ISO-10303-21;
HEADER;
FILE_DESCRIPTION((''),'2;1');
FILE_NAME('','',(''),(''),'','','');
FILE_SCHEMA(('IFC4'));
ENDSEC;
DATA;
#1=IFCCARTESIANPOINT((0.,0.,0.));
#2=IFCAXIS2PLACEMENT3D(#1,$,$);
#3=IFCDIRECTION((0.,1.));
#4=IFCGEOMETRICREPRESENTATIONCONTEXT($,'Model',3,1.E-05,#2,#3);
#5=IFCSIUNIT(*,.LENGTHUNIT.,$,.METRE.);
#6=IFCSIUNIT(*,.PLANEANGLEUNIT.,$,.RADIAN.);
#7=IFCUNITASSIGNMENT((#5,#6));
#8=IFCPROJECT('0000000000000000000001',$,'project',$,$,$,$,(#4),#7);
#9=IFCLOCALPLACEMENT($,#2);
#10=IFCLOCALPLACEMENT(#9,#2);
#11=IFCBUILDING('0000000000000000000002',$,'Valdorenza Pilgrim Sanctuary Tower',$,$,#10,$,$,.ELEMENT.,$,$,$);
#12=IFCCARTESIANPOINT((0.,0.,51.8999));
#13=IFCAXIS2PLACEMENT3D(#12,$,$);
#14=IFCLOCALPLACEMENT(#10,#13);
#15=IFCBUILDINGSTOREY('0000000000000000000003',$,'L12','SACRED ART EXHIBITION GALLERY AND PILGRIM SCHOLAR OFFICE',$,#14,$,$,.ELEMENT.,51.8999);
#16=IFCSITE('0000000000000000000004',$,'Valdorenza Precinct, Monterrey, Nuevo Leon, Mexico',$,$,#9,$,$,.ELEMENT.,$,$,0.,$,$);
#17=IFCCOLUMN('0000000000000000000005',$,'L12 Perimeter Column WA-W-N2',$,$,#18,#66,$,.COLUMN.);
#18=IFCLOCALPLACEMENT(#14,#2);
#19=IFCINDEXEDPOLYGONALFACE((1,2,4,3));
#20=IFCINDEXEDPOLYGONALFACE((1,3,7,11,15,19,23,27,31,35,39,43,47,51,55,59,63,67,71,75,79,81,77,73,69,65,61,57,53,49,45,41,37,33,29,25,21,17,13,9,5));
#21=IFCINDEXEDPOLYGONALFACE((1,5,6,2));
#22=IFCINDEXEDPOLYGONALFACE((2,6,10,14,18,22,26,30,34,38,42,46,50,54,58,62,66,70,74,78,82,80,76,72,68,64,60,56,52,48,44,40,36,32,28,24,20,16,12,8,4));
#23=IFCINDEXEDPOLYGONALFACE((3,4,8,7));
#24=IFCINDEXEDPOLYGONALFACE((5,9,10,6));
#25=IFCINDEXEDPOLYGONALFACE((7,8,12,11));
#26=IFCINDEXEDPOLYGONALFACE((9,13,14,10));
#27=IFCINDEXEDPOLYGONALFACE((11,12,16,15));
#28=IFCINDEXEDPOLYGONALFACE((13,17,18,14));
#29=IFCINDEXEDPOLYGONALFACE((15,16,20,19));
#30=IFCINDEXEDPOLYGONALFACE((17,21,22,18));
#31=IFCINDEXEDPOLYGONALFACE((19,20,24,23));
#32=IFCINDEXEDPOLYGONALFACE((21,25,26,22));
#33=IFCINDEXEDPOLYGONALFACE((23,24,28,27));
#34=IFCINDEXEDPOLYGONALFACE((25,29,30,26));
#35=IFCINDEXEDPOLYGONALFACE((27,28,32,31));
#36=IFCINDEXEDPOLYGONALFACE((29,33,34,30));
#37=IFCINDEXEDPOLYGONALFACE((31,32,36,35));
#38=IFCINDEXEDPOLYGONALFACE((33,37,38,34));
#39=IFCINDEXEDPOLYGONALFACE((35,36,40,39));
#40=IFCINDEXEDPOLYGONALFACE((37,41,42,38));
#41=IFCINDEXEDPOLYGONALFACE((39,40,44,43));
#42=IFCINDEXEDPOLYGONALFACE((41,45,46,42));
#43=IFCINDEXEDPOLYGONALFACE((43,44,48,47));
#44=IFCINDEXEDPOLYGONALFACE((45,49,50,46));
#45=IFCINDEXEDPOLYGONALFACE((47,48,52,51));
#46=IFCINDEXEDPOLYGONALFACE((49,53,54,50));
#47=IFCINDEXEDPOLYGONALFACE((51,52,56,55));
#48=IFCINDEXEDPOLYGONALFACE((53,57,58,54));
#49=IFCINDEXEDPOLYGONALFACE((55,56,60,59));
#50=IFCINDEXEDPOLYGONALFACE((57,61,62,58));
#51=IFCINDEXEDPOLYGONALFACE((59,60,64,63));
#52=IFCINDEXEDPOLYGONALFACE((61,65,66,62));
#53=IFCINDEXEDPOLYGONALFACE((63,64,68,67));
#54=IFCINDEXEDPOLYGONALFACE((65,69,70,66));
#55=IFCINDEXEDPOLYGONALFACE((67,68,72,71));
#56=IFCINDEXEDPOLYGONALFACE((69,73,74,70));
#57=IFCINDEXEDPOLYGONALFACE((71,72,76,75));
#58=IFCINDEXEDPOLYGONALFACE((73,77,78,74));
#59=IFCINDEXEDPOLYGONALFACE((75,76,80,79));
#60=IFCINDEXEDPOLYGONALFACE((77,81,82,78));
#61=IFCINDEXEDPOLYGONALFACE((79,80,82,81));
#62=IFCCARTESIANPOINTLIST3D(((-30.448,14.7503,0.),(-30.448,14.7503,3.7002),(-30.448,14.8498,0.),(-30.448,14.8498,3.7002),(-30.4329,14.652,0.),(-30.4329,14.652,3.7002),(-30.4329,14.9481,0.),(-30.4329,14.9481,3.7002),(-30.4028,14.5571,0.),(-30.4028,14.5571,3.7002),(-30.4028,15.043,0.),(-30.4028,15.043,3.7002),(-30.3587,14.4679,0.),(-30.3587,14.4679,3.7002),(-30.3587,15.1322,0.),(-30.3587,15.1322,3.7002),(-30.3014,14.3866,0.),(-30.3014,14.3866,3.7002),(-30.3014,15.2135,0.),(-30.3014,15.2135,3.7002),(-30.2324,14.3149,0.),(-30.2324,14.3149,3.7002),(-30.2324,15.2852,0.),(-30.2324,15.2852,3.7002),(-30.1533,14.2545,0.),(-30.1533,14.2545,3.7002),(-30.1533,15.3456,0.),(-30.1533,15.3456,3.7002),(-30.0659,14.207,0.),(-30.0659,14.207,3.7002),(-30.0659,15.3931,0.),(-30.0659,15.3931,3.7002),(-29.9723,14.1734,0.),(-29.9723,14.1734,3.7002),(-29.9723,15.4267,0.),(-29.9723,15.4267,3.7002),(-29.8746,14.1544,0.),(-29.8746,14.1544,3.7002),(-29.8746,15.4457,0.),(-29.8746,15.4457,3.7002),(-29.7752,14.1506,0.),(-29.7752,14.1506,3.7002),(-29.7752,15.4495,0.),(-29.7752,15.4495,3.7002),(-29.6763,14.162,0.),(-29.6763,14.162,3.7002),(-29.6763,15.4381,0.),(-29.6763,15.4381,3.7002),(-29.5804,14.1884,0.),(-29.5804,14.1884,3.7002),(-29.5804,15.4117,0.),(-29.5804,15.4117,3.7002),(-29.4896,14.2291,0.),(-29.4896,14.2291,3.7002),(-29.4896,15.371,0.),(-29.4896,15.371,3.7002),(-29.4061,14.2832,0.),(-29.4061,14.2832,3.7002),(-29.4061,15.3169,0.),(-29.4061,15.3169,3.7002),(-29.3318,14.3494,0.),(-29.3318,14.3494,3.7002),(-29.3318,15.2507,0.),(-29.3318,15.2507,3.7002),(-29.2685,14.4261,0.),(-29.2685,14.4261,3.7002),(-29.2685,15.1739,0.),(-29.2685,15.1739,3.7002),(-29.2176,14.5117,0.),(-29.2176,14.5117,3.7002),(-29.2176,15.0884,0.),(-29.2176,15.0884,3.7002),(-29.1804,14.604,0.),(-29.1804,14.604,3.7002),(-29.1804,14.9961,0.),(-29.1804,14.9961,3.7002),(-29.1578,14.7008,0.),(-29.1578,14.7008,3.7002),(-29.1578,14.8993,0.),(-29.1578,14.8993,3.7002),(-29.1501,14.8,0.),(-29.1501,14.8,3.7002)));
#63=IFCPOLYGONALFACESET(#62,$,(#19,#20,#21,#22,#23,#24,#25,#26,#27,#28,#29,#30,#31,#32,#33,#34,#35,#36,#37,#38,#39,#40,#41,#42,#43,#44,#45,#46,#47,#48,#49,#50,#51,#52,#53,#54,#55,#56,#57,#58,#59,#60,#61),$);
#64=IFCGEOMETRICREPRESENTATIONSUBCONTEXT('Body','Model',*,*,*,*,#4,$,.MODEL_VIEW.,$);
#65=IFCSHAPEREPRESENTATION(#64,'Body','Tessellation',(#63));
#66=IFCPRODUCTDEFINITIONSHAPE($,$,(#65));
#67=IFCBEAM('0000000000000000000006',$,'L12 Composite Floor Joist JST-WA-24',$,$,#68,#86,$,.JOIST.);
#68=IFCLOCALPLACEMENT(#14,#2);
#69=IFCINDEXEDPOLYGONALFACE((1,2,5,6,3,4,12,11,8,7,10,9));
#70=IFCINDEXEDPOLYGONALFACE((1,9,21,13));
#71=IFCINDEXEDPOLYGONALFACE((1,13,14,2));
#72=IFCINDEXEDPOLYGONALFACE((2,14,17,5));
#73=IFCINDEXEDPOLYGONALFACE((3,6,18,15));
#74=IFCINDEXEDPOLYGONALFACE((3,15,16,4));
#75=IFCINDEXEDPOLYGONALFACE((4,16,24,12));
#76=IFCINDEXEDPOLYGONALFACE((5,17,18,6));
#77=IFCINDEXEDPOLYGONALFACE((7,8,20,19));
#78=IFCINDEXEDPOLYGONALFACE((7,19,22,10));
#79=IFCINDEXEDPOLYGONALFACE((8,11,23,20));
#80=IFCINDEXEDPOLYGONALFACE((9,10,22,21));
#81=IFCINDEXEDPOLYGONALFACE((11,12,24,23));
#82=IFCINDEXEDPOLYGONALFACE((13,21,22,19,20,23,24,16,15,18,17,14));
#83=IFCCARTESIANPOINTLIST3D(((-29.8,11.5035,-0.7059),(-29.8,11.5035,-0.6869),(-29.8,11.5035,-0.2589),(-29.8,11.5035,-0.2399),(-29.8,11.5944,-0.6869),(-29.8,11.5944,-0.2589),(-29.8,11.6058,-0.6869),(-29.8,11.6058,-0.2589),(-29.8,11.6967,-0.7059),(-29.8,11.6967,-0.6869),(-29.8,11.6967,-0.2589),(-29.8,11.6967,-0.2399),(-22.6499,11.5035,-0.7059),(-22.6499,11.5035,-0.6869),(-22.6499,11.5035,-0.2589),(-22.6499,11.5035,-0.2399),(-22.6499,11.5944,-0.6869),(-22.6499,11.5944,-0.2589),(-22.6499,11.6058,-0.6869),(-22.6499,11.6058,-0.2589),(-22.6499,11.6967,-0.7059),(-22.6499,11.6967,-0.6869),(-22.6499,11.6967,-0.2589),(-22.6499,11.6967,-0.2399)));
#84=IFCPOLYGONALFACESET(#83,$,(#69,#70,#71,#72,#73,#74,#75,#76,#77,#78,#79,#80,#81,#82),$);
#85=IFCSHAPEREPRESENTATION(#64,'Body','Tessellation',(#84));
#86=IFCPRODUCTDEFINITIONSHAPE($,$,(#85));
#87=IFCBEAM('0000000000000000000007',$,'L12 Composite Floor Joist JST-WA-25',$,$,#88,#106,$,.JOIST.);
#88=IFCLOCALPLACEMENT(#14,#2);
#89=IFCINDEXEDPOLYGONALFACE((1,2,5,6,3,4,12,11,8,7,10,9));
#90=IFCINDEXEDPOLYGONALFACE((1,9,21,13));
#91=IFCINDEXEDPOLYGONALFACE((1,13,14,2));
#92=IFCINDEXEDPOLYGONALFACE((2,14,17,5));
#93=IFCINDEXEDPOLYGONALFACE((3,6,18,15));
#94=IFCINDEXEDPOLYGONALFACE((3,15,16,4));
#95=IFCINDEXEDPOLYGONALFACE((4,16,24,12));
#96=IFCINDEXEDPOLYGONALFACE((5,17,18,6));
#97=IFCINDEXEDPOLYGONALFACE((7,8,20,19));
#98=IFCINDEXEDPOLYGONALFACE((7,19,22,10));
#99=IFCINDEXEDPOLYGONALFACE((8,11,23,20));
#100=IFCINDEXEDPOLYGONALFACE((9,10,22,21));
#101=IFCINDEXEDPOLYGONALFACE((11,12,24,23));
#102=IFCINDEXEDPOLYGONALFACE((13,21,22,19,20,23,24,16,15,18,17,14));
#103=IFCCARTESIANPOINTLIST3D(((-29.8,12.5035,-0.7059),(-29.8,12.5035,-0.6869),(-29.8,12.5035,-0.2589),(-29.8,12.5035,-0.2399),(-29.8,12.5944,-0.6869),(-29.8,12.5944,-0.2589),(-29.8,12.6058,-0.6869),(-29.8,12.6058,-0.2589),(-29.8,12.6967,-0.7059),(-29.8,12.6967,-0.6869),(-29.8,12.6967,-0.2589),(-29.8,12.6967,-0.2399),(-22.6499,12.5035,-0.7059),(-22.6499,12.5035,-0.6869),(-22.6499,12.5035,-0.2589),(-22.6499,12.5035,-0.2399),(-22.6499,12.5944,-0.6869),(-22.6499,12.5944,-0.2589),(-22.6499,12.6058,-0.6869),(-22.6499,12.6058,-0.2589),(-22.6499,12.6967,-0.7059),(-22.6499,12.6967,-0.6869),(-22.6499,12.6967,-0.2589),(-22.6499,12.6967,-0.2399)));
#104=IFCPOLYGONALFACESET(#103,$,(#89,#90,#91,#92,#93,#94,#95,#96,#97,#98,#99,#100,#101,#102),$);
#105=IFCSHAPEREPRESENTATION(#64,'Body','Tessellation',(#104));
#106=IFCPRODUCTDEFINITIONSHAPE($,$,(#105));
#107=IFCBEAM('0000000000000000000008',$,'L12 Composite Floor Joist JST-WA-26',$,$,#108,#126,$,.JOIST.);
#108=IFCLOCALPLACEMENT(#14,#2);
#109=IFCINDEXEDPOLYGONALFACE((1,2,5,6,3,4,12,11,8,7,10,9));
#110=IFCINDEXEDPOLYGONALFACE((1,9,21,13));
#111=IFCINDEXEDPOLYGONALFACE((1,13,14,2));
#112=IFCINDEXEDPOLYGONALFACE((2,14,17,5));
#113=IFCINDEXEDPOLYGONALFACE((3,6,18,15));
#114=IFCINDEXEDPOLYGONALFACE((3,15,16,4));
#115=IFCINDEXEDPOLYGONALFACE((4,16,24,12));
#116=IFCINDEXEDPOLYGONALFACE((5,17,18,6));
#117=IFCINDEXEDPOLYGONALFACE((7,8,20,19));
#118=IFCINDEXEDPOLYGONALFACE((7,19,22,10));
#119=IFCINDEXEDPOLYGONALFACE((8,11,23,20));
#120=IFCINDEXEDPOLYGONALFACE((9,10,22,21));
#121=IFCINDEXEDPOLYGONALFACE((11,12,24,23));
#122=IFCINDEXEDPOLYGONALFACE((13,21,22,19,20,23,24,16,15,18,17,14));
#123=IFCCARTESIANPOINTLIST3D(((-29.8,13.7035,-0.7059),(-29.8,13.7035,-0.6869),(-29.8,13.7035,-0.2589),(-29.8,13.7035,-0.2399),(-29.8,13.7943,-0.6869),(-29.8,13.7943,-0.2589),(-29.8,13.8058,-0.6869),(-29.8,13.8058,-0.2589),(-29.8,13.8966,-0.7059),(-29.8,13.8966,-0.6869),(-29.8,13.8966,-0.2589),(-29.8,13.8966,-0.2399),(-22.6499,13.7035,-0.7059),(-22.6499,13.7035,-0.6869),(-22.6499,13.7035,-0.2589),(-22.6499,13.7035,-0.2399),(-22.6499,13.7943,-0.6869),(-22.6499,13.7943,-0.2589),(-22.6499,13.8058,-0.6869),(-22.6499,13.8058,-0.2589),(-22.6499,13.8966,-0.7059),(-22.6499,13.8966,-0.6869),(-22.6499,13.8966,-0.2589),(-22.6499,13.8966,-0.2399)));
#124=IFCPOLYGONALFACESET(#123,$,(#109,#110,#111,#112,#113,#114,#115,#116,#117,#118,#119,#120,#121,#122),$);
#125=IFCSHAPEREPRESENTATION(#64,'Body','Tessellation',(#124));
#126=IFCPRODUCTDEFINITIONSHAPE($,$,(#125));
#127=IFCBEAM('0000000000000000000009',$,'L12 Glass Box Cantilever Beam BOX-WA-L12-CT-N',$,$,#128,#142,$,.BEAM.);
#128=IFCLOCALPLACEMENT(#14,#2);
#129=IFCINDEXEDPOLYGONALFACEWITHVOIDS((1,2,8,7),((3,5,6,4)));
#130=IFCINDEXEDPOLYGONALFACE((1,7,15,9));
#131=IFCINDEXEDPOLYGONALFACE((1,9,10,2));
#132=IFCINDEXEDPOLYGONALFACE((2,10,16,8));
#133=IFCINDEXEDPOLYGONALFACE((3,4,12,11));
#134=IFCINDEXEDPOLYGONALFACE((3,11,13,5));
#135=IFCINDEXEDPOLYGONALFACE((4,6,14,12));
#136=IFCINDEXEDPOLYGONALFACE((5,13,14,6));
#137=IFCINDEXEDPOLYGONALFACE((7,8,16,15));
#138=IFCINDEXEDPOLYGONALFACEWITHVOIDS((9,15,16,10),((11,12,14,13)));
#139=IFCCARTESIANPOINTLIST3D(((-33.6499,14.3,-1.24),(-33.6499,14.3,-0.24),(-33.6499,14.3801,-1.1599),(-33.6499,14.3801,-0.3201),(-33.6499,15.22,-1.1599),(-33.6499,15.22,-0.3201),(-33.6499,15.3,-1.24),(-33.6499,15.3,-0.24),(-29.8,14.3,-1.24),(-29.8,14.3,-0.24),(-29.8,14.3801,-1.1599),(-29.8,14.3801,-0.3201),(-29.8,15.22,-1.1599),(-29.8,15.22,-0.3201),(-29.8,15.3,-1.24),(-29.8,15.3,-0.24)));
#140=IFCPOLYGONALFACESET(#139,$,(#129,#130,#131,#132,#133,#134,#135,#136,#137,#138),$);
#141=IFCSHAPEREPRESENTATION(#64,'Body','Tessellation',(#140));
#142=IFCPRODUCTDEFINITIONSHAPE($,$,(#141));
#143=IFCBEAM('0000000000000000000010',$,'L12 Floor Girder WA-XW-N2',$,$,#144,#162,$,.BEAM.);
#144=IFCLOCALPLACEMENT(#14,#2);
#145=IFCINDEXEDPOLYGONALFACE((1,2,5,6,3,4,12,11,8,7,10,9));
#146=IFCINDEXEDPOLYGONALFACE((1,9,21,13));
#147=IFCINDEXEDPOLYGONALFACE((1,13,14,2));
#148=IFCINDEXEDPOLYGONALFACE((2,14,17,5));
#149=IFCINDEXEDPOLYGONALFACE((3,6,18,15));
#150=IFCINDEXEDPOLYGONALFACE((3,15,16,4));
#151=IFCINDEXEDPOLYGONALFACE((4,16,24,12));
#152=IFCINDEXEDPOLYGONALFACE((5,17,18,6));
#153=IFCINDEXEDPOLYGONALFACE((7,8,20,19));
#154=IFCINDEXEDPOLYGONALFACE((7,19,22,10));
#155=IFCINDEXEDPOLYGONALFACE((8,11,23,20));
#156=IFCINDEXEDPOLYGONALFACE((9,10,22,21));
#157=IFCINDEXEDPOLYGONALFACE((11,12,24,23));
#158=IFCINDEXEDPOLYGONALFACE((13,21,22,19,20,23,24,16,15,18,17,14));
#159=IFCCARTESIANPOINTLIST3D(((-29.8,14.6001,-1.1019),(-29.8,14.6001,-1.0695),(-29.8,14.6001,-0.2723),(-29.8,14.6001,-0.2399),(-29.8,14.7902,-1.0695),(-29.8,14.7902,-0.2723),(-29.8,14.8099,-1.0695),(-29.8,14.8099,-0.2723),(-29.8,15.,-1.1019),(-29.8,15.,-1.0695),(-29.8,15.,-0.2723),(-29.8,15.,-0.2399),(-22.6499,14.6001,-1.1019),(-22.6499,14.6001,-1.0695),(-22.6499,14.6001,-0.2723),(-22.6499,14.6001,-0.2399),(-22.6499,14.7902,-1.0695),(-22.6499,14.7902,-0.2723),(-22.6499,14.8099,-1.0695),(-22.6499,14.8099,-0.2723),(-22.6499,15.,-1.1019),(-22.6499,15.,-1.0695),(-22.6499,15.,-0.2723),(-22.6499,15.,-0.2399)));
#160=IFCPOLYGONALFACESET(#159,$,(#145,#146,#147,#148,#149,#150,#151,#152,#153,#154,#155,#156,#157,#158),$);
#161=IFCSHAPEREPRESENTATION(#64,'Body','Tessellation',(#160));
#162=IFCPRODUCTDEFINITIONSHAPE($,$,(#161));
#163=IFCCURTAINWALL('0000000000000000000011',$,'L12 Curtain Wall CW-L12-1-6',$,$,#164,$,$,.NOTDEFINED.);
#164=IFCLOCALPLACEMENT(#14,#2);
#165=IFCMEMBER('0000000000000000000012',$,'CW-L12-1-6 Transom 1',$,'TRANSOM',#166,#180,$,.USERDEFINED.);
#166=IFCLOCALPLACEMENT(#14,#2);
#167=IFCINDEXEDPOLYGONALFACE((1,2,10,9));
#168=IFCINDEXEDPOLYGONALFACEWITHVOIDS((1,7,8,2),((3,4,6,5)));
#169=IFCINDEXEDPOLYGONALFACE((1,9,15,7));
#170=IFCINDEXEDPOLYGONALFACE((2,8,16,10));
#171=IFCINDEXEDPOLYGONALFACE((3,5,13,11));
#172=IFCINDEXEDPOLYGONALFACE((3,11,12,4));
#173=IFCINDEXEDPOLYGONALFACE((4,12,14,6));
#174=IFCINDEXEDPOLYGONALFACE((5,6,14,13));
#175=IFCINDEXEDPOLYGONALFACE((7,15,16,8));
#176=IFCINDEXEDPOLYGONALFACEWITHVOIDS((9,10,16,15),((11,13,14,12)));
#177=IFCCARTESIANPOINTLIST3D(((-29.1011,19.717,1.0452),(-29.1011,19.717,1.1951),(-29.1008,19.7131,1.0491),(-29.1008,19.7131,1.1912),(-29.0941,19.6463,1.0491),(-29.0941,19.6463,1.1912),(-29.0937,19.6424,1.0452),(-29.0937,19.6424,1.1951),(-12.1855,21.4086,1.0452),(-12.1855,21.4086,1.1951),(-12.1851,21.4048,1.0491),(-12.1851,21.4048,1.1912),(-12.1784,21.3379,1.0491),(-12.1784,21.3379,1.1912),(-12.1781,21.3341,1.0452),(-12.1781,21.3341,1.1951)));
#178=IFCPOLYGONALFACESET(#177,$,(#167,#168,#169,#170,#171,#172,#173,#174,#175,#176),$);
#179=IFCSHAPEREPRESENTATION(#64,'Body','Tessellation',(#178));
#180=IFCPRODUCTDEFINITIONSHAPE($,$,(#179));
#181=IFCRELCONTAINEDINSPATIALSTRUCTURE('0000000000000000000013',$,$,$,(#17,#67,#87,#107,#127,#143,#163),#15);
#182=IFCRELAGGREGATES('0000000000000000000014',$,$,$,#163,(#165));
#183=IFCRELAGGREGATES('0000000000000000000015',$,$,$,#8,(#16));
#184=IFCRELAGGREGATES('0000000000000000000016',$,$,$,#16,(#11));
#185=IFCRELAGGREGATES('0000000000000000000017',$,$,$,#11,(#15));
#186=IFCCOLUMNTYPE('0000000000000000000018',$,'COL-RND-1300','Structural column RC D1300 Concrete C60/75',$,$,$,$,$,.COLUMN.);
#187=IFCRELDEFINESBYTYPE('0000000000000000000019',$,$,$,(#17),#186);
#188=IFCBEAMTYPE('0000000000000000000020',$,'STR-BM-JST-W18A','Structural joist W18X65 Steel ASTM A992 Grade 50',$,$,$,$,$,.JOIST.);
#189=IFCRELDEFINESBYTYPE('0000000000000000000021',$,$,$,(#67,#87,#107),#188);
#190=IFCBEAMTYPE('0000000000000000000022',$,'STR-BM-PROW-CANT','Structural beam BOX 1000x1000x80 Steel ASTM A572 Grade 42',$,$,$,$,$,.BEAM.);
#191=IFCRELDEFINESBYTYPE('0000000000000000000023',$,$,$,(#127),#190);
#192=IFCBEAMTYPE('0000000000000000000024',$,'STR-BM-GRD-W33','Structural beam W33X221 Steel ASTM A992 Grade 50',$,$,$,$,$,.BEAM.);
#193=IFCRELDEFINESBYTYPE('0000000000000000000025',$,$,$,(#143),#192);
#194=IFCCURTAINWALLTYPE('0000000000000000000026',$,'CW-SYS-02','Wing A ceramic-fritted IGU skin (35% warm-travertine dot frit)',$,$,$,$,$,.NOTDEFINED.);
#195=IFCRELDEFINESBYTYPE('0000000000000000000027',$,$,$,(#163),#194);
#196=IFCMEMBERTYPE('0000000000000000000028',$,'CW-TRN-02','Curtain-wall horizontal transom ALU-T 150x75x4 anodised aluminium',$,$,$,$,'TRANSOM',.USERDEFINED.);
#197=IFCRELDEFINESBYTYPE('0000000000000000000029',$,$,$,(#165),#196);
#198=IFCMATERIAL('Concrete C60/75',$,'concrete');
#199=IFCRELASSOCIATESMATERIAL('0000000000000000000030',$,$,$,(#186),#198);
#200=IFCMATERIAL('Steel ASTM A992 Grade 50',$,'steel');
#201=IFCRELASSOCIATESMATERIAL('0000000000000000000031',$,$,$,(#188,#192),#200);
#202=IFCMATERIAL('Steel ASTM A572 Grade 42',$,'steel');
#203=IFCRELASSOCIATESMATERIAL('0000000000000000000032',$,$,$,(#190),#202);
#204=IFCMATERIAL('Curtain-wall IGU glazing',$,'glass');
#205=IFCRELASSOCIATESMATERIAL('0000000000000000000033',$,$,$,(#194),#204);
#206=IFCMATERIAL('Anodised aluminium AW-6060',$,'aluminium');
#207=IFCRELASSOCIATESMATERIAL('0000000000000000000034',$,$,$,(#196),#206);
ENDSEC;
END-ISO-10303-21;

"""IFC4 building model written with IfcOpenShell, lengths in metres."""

from ifc_helpers import new_model, si_unit, direction, frame, origin, origin_2d, place, context, subcontext, project, spatial, hollow_rectangle, circle, i_section, extrude, source, transform, mapped, material, material_profile, profile_set, type_object, element, aggregate, save


model = new_model("IFC4")

# Units and contexts
model_context = context("Model", 3, precision=1e-05, world=origin(), true_north=direction((0.0, 1.0)))
body_context = subcontext(model_context, "Body", "Model", "MODEL_VIEW")
ifc_project = project(units=[si_unit("LENGTHUNIT", "METRE"), si_unit("PLANEANGLEUNIT", "RADIAN")], contexts=[model_context])

# Site, building, storey
site_placement = place(None, origin())
site = spatial("IfcSite", under=ifc_project, at=site_placement, Name="Valdorenza Precinct, Monterrey, Nuevo Leon, Mexico", CompositionType="ELEMENT", RefElevation=0.0)
building_placement = place(site_placement, origin())
building = spatial("IfcBuilding", under=site, at=building_placement, Name="Valdorenza Pilgrim Sanctuary Tower", CompositionType="ELEMENT")
storey_placement = place(building_placement, frame((0.0, 0.0, 51.8999)))
storey = spatial("IfcBuildingStorey", under=building, at=storey_placement, Name="L12", Description="SACRED ART EXHIBITION GALLERY AND PILGRIM SCHOLAR OFFICE", CompositionType="ELEMENT", Elevation=51.8999)

# Column
ifc_material_1 = material(Name="Concrete C60/75", Category="concrete")
ifc_material_profile_1 = material_profile(ifc_material_1, circle(Radius=0.6499, at=origin_2d()), Name="RC D1300")
ifc_profile_set_1 = profile_set([ifc_material_profile_1], Name="Concrete C60/75")
column_type = type_object("IfcColumnType", Name="COL-RND-1300", Description="Structural column RC D1300 Concrete C60/75", PredefinedType="COLUMN", material=ifc_profile_set_1)
shared_shape_1 = source(origin(), body_context, "Body", "SweptSolid", [
    extrude(circle(Radius=0.6499, at=origin_2d()), origin(), (0.0, 0.0, 1.0), 3.7002),
])
column_placement = place(storey_placement, frame((-29.8, 14.8, 0.0), z_axis=(0.0, 0.0, 1.0), x_axis=(1.0, 0.0, 0.0)))
element("IfcColumn", 1, at=column_placement, inside=storey, type_object=column_type, Name="L12 Perimeter Column WA-W-N2", PredefinedType="COLUMN", context=body_context, shape_type="MappedRepresentation", body=[
    mapped(shared_shape_1, transform((0.0, 0.0, 0.0), x_axis=(1.0, 0.0, 0.0), y_axis=(0.0, 1.0, 0.0), z_axis=(0.0, 0.0, 1.0), scale=1.0)),
])

# Beams
ifc_material_2 = material(Name="Steel ASTM A992 Grade 50", Category="steel")
ifc_material_profile_2 = material_profile(ifc_material_2, i_section(OverallWidth=0.1931, OverallDepth=0.4661, WebThickness=0.0115, FlangeThickness=0.019, at=origin_2d()), Name="W18X65")
ifc_profile_set_2 = profile_set([ifc_material_profile_2], Name="Steel ASTM A992 Grade 50")
beam_type_1 = type_object("IfcBeamType", Name="STR-BM-JST-W18A", Description="Structural joist W18X65 Steel ASTM A992 Grade 50", PredefinedType="JOIST", material=ifc_profile_set_2)
shared_shape_2 = source(origin(), body_context, "Body", "SweptSolid", [
    extrude(i_section(OverallWidth=0.1931, OverallDepth=0.4661, WebThickness=0.0115, FlangeThickness=0.019, at=origin_2d()), origin(), (0.0, 0.0, 1.0), 7.1501),
])
for number, where, z_axis, x_axis, name in (
    (2, (-29.8, 11.6001, -0.4729), (1.0, 0.0, 0.0), (0.0, 1.0, 0.0), "L12 Composite Floor Joist JST-WA-24"),
    (3, (-29.8, 12.6001, -0.4729), (1.0, 0.0, 0.0), (0.0, 1.0, 0.0), "L12 Composite Floor Joist JST-WA-25"),
    (4, (-29.8, 13.8, -0.4729), (1.0, 0.0, 0.0), (0.0, 1.0, 0.0), "L12 Composite Floor Joist JST-WA-26"),
):
    element("IfcBeam", number, at=place(storey_placement, frame(where, z_axis=z_axis, x_axis=x_axis)), inside=storey, type_object=beam_type_1, Name=name, PredefinedType="JOIST", context=body_context, shape_type="MappedRepresentation", body=[
        mapped(shared_shape_2, transform((0.0, 0.0, 0.0), x_axis=(1.0, 0.0, 0.0), y_axis=(0.0, 1.0, 0.0), z_axis=(0.0, 0.0, 1.0), scale=1.0)),
    ])
ifc_material_3 = material(Name="Steel ASTM A572 Grade 42", Category="steel")
ifc_material_profile_3 = material_profile(ifc_material_3, hollow_rectangle(XDim=1.0, YDim=1.0, WallThickness=0.0801, at=origin_2d()), Name="BOX 1000x1000x80")
ifc_profile_set_3 = profile_set([ifc_material_profile_3], Name="Steel ASTM A572 Grade 42")
beam_type_2 = type_object("IfcBeamType", Name="STR-BM-PROW-CANT", Description="Structural beam BOX 1000x1000x80 Steel ASTM A572 Grade 42", PredefinedType="BEAM", material=ifc_profile_set_3)
shared_shape_3 = source(origin(), body_context, "Body", "SweptSolid", [
    extrude(hollow_rectangle(XDim=1.0, YDim=1.0, WallThickness=0.0801, at=origin_2d()), origin(), (0.0, 0.0, 1.0), 3.8499),
])
beam_1_placement = place(storey_placement, frame((-29.8, 14.8, -0.74), z_axis=(-1.0, 0.0, 0.0), x_axis=(0.0, -1.0, 0.0)))
element("IfcBeam", 5, at=beam_1_placement, inside=storey, type_object=beam_type_2, Name="L12 Glass Box Cantilever Beam BOX-WA-L12-CT-N", PredefinedType="BEAM", context=body_context, shape_type="MappedRepresentation", body=[
    mapped(shared_shape_3, transform((0.0, 0.0, 0.0), x_axis=(1.0, 0.0, 0.0), y_axis=(0.0, 1.0, 0.0), z_axis=(0.0, 0.0, 1.0), scale=1.0)),
])
ifc_material_profile_4 = material_profile(ifc_material_2, i_section(OverallWidth=0.3999, OverallDepth=0.8621, WebThickness=0.0198, FlangeThickness=0.0325, at=origin_2d()), Name="W33X221")
ifc_profile_set_4 = profile_set([ifc_material_profile_4], Name="Steel ASTM A992 Grade 50")
beam_type_3 = type_object("IfcBeamType", Name="STR-BM-GRD-W33", Description="Structural beam W33X221 Steel ASTM A992 Grade 50", PredefinedType="BEAM", material=ifc_profile_set_4)
shared_shape_4 = source(origin(), body_context, "Body", "SweptSolid", [
    extrude(i_section(OverallWidth=0.3999, OverallDepth=0.8621, WebThickness=0.0198, FlangeThickness=0.0325, at=origin_2d()), origin(), (0.0, 0.0, 1.0), 7.1501),
])
beam_2_placement = place(storey_placement, frame((-29.8, 14.8, -0.6709), z_axis=(1.0, 0.0, 0.0), x_axis=(0.0, 1.0, 0.0)))
element("IfcBeam", 6, at=beam_2_placement, inside=storey, type_object=beam_type_3, Name="L12 Floor Girder WA-XW-N2", PredefinedType="BEAM", context=body_context, shape_type="MappedRepresentation", body=[
    mapped(shared_shape_4, transform((0.0, 0.0, 0.0), x_axis=(1.0, 0.0, 0.0), y_axis=(0.0, 1.0, 0.0), z_axis=(0.0, 0.0, 1.0), scale=1.0)),
])

# Curtain wall, member
ifc_material_4 = material(Name="Curtain-wall IGU glazing", Category="glass")
curtain_wall_type = type_object("IfcCurtainWallType", Name="CW-SYS-02", Description="Wing A ceramic-fritted IGU skin (35% warm-travertine dot frit)", PredefinedType="NOTDEFINED", material=ifc_material_4)
curtain_wall_1_placement = place(storey_placement, origin())
curtain_wall_1 = element("IfcCurtainWall", 7, at=curtain_wall_1_placement, inside=storey, type_object=curtain_wall_type, Name="L12 Curtain Wall CW-L12-1-6", PredefinedType="NOTDEFINED")
ifc_material_5 = material(Name="Anodised aluminium AW-6060", Category="aluminium")
ifc_material_profile_5 = material_profile(ifc_material_5, hollow_rectangle(XDim=0.075, YDim=0.1499, WallThickness=0.0039, at=origin_2d()), Name="ALU-T 150x75x4")
ifc_profile_set_5 = profile_set([ifc_material_profile_5], Name="Anodised aluminium AW-6060")
member_type_1 = type_object("IfcMemberType", Name="CW-TRN-02", Description="Curtain-wall horizontal transom ALU-T 150x75x4 anodised aluminium", ElementType="TRANSOM", PredefinedType="USERDEFINED", material=ifc_profile_set_5)
shared_shape_5 = source(origin(), body_context, "Body", "SweptSolid", [
    extrude(hollow_rectangle(XDim=0.075, YDim=0.1499, WallThickness=0.0039, at=origin_2d()), origin(), (0.0, 0.0, 1.0), 17.0),
])
member_1_placement = place(storey_placement, frame((-29.0974, 19.6797, 1.1201), z_axis=(0.995037, 0.099509, 0.0), x_axis=(-0.099509, 0.995037, 0.0)))
member_1 = element("IfcMember", 8, at=member_1_placement, type_object=member_type_1, Name="CW-L12-1-6 Transom 1", ObjectType="TRANSOM", PredefinedType="USERDEFINED", context=body_context, shape_type="MappedRepresentation", body=[
    mapped(shared_shape_5, transform((0.0, 0.0, 0.0), x_axis=(1.0, 0.0, 0.0), y_axis=(0.0, 1.0, 0.0), z_axis=(0.0, 0.0, 1.0), scale=1.0)),
])

aggregate(curtain_wall_1, [member_1])

save(model, "model.ifc")
